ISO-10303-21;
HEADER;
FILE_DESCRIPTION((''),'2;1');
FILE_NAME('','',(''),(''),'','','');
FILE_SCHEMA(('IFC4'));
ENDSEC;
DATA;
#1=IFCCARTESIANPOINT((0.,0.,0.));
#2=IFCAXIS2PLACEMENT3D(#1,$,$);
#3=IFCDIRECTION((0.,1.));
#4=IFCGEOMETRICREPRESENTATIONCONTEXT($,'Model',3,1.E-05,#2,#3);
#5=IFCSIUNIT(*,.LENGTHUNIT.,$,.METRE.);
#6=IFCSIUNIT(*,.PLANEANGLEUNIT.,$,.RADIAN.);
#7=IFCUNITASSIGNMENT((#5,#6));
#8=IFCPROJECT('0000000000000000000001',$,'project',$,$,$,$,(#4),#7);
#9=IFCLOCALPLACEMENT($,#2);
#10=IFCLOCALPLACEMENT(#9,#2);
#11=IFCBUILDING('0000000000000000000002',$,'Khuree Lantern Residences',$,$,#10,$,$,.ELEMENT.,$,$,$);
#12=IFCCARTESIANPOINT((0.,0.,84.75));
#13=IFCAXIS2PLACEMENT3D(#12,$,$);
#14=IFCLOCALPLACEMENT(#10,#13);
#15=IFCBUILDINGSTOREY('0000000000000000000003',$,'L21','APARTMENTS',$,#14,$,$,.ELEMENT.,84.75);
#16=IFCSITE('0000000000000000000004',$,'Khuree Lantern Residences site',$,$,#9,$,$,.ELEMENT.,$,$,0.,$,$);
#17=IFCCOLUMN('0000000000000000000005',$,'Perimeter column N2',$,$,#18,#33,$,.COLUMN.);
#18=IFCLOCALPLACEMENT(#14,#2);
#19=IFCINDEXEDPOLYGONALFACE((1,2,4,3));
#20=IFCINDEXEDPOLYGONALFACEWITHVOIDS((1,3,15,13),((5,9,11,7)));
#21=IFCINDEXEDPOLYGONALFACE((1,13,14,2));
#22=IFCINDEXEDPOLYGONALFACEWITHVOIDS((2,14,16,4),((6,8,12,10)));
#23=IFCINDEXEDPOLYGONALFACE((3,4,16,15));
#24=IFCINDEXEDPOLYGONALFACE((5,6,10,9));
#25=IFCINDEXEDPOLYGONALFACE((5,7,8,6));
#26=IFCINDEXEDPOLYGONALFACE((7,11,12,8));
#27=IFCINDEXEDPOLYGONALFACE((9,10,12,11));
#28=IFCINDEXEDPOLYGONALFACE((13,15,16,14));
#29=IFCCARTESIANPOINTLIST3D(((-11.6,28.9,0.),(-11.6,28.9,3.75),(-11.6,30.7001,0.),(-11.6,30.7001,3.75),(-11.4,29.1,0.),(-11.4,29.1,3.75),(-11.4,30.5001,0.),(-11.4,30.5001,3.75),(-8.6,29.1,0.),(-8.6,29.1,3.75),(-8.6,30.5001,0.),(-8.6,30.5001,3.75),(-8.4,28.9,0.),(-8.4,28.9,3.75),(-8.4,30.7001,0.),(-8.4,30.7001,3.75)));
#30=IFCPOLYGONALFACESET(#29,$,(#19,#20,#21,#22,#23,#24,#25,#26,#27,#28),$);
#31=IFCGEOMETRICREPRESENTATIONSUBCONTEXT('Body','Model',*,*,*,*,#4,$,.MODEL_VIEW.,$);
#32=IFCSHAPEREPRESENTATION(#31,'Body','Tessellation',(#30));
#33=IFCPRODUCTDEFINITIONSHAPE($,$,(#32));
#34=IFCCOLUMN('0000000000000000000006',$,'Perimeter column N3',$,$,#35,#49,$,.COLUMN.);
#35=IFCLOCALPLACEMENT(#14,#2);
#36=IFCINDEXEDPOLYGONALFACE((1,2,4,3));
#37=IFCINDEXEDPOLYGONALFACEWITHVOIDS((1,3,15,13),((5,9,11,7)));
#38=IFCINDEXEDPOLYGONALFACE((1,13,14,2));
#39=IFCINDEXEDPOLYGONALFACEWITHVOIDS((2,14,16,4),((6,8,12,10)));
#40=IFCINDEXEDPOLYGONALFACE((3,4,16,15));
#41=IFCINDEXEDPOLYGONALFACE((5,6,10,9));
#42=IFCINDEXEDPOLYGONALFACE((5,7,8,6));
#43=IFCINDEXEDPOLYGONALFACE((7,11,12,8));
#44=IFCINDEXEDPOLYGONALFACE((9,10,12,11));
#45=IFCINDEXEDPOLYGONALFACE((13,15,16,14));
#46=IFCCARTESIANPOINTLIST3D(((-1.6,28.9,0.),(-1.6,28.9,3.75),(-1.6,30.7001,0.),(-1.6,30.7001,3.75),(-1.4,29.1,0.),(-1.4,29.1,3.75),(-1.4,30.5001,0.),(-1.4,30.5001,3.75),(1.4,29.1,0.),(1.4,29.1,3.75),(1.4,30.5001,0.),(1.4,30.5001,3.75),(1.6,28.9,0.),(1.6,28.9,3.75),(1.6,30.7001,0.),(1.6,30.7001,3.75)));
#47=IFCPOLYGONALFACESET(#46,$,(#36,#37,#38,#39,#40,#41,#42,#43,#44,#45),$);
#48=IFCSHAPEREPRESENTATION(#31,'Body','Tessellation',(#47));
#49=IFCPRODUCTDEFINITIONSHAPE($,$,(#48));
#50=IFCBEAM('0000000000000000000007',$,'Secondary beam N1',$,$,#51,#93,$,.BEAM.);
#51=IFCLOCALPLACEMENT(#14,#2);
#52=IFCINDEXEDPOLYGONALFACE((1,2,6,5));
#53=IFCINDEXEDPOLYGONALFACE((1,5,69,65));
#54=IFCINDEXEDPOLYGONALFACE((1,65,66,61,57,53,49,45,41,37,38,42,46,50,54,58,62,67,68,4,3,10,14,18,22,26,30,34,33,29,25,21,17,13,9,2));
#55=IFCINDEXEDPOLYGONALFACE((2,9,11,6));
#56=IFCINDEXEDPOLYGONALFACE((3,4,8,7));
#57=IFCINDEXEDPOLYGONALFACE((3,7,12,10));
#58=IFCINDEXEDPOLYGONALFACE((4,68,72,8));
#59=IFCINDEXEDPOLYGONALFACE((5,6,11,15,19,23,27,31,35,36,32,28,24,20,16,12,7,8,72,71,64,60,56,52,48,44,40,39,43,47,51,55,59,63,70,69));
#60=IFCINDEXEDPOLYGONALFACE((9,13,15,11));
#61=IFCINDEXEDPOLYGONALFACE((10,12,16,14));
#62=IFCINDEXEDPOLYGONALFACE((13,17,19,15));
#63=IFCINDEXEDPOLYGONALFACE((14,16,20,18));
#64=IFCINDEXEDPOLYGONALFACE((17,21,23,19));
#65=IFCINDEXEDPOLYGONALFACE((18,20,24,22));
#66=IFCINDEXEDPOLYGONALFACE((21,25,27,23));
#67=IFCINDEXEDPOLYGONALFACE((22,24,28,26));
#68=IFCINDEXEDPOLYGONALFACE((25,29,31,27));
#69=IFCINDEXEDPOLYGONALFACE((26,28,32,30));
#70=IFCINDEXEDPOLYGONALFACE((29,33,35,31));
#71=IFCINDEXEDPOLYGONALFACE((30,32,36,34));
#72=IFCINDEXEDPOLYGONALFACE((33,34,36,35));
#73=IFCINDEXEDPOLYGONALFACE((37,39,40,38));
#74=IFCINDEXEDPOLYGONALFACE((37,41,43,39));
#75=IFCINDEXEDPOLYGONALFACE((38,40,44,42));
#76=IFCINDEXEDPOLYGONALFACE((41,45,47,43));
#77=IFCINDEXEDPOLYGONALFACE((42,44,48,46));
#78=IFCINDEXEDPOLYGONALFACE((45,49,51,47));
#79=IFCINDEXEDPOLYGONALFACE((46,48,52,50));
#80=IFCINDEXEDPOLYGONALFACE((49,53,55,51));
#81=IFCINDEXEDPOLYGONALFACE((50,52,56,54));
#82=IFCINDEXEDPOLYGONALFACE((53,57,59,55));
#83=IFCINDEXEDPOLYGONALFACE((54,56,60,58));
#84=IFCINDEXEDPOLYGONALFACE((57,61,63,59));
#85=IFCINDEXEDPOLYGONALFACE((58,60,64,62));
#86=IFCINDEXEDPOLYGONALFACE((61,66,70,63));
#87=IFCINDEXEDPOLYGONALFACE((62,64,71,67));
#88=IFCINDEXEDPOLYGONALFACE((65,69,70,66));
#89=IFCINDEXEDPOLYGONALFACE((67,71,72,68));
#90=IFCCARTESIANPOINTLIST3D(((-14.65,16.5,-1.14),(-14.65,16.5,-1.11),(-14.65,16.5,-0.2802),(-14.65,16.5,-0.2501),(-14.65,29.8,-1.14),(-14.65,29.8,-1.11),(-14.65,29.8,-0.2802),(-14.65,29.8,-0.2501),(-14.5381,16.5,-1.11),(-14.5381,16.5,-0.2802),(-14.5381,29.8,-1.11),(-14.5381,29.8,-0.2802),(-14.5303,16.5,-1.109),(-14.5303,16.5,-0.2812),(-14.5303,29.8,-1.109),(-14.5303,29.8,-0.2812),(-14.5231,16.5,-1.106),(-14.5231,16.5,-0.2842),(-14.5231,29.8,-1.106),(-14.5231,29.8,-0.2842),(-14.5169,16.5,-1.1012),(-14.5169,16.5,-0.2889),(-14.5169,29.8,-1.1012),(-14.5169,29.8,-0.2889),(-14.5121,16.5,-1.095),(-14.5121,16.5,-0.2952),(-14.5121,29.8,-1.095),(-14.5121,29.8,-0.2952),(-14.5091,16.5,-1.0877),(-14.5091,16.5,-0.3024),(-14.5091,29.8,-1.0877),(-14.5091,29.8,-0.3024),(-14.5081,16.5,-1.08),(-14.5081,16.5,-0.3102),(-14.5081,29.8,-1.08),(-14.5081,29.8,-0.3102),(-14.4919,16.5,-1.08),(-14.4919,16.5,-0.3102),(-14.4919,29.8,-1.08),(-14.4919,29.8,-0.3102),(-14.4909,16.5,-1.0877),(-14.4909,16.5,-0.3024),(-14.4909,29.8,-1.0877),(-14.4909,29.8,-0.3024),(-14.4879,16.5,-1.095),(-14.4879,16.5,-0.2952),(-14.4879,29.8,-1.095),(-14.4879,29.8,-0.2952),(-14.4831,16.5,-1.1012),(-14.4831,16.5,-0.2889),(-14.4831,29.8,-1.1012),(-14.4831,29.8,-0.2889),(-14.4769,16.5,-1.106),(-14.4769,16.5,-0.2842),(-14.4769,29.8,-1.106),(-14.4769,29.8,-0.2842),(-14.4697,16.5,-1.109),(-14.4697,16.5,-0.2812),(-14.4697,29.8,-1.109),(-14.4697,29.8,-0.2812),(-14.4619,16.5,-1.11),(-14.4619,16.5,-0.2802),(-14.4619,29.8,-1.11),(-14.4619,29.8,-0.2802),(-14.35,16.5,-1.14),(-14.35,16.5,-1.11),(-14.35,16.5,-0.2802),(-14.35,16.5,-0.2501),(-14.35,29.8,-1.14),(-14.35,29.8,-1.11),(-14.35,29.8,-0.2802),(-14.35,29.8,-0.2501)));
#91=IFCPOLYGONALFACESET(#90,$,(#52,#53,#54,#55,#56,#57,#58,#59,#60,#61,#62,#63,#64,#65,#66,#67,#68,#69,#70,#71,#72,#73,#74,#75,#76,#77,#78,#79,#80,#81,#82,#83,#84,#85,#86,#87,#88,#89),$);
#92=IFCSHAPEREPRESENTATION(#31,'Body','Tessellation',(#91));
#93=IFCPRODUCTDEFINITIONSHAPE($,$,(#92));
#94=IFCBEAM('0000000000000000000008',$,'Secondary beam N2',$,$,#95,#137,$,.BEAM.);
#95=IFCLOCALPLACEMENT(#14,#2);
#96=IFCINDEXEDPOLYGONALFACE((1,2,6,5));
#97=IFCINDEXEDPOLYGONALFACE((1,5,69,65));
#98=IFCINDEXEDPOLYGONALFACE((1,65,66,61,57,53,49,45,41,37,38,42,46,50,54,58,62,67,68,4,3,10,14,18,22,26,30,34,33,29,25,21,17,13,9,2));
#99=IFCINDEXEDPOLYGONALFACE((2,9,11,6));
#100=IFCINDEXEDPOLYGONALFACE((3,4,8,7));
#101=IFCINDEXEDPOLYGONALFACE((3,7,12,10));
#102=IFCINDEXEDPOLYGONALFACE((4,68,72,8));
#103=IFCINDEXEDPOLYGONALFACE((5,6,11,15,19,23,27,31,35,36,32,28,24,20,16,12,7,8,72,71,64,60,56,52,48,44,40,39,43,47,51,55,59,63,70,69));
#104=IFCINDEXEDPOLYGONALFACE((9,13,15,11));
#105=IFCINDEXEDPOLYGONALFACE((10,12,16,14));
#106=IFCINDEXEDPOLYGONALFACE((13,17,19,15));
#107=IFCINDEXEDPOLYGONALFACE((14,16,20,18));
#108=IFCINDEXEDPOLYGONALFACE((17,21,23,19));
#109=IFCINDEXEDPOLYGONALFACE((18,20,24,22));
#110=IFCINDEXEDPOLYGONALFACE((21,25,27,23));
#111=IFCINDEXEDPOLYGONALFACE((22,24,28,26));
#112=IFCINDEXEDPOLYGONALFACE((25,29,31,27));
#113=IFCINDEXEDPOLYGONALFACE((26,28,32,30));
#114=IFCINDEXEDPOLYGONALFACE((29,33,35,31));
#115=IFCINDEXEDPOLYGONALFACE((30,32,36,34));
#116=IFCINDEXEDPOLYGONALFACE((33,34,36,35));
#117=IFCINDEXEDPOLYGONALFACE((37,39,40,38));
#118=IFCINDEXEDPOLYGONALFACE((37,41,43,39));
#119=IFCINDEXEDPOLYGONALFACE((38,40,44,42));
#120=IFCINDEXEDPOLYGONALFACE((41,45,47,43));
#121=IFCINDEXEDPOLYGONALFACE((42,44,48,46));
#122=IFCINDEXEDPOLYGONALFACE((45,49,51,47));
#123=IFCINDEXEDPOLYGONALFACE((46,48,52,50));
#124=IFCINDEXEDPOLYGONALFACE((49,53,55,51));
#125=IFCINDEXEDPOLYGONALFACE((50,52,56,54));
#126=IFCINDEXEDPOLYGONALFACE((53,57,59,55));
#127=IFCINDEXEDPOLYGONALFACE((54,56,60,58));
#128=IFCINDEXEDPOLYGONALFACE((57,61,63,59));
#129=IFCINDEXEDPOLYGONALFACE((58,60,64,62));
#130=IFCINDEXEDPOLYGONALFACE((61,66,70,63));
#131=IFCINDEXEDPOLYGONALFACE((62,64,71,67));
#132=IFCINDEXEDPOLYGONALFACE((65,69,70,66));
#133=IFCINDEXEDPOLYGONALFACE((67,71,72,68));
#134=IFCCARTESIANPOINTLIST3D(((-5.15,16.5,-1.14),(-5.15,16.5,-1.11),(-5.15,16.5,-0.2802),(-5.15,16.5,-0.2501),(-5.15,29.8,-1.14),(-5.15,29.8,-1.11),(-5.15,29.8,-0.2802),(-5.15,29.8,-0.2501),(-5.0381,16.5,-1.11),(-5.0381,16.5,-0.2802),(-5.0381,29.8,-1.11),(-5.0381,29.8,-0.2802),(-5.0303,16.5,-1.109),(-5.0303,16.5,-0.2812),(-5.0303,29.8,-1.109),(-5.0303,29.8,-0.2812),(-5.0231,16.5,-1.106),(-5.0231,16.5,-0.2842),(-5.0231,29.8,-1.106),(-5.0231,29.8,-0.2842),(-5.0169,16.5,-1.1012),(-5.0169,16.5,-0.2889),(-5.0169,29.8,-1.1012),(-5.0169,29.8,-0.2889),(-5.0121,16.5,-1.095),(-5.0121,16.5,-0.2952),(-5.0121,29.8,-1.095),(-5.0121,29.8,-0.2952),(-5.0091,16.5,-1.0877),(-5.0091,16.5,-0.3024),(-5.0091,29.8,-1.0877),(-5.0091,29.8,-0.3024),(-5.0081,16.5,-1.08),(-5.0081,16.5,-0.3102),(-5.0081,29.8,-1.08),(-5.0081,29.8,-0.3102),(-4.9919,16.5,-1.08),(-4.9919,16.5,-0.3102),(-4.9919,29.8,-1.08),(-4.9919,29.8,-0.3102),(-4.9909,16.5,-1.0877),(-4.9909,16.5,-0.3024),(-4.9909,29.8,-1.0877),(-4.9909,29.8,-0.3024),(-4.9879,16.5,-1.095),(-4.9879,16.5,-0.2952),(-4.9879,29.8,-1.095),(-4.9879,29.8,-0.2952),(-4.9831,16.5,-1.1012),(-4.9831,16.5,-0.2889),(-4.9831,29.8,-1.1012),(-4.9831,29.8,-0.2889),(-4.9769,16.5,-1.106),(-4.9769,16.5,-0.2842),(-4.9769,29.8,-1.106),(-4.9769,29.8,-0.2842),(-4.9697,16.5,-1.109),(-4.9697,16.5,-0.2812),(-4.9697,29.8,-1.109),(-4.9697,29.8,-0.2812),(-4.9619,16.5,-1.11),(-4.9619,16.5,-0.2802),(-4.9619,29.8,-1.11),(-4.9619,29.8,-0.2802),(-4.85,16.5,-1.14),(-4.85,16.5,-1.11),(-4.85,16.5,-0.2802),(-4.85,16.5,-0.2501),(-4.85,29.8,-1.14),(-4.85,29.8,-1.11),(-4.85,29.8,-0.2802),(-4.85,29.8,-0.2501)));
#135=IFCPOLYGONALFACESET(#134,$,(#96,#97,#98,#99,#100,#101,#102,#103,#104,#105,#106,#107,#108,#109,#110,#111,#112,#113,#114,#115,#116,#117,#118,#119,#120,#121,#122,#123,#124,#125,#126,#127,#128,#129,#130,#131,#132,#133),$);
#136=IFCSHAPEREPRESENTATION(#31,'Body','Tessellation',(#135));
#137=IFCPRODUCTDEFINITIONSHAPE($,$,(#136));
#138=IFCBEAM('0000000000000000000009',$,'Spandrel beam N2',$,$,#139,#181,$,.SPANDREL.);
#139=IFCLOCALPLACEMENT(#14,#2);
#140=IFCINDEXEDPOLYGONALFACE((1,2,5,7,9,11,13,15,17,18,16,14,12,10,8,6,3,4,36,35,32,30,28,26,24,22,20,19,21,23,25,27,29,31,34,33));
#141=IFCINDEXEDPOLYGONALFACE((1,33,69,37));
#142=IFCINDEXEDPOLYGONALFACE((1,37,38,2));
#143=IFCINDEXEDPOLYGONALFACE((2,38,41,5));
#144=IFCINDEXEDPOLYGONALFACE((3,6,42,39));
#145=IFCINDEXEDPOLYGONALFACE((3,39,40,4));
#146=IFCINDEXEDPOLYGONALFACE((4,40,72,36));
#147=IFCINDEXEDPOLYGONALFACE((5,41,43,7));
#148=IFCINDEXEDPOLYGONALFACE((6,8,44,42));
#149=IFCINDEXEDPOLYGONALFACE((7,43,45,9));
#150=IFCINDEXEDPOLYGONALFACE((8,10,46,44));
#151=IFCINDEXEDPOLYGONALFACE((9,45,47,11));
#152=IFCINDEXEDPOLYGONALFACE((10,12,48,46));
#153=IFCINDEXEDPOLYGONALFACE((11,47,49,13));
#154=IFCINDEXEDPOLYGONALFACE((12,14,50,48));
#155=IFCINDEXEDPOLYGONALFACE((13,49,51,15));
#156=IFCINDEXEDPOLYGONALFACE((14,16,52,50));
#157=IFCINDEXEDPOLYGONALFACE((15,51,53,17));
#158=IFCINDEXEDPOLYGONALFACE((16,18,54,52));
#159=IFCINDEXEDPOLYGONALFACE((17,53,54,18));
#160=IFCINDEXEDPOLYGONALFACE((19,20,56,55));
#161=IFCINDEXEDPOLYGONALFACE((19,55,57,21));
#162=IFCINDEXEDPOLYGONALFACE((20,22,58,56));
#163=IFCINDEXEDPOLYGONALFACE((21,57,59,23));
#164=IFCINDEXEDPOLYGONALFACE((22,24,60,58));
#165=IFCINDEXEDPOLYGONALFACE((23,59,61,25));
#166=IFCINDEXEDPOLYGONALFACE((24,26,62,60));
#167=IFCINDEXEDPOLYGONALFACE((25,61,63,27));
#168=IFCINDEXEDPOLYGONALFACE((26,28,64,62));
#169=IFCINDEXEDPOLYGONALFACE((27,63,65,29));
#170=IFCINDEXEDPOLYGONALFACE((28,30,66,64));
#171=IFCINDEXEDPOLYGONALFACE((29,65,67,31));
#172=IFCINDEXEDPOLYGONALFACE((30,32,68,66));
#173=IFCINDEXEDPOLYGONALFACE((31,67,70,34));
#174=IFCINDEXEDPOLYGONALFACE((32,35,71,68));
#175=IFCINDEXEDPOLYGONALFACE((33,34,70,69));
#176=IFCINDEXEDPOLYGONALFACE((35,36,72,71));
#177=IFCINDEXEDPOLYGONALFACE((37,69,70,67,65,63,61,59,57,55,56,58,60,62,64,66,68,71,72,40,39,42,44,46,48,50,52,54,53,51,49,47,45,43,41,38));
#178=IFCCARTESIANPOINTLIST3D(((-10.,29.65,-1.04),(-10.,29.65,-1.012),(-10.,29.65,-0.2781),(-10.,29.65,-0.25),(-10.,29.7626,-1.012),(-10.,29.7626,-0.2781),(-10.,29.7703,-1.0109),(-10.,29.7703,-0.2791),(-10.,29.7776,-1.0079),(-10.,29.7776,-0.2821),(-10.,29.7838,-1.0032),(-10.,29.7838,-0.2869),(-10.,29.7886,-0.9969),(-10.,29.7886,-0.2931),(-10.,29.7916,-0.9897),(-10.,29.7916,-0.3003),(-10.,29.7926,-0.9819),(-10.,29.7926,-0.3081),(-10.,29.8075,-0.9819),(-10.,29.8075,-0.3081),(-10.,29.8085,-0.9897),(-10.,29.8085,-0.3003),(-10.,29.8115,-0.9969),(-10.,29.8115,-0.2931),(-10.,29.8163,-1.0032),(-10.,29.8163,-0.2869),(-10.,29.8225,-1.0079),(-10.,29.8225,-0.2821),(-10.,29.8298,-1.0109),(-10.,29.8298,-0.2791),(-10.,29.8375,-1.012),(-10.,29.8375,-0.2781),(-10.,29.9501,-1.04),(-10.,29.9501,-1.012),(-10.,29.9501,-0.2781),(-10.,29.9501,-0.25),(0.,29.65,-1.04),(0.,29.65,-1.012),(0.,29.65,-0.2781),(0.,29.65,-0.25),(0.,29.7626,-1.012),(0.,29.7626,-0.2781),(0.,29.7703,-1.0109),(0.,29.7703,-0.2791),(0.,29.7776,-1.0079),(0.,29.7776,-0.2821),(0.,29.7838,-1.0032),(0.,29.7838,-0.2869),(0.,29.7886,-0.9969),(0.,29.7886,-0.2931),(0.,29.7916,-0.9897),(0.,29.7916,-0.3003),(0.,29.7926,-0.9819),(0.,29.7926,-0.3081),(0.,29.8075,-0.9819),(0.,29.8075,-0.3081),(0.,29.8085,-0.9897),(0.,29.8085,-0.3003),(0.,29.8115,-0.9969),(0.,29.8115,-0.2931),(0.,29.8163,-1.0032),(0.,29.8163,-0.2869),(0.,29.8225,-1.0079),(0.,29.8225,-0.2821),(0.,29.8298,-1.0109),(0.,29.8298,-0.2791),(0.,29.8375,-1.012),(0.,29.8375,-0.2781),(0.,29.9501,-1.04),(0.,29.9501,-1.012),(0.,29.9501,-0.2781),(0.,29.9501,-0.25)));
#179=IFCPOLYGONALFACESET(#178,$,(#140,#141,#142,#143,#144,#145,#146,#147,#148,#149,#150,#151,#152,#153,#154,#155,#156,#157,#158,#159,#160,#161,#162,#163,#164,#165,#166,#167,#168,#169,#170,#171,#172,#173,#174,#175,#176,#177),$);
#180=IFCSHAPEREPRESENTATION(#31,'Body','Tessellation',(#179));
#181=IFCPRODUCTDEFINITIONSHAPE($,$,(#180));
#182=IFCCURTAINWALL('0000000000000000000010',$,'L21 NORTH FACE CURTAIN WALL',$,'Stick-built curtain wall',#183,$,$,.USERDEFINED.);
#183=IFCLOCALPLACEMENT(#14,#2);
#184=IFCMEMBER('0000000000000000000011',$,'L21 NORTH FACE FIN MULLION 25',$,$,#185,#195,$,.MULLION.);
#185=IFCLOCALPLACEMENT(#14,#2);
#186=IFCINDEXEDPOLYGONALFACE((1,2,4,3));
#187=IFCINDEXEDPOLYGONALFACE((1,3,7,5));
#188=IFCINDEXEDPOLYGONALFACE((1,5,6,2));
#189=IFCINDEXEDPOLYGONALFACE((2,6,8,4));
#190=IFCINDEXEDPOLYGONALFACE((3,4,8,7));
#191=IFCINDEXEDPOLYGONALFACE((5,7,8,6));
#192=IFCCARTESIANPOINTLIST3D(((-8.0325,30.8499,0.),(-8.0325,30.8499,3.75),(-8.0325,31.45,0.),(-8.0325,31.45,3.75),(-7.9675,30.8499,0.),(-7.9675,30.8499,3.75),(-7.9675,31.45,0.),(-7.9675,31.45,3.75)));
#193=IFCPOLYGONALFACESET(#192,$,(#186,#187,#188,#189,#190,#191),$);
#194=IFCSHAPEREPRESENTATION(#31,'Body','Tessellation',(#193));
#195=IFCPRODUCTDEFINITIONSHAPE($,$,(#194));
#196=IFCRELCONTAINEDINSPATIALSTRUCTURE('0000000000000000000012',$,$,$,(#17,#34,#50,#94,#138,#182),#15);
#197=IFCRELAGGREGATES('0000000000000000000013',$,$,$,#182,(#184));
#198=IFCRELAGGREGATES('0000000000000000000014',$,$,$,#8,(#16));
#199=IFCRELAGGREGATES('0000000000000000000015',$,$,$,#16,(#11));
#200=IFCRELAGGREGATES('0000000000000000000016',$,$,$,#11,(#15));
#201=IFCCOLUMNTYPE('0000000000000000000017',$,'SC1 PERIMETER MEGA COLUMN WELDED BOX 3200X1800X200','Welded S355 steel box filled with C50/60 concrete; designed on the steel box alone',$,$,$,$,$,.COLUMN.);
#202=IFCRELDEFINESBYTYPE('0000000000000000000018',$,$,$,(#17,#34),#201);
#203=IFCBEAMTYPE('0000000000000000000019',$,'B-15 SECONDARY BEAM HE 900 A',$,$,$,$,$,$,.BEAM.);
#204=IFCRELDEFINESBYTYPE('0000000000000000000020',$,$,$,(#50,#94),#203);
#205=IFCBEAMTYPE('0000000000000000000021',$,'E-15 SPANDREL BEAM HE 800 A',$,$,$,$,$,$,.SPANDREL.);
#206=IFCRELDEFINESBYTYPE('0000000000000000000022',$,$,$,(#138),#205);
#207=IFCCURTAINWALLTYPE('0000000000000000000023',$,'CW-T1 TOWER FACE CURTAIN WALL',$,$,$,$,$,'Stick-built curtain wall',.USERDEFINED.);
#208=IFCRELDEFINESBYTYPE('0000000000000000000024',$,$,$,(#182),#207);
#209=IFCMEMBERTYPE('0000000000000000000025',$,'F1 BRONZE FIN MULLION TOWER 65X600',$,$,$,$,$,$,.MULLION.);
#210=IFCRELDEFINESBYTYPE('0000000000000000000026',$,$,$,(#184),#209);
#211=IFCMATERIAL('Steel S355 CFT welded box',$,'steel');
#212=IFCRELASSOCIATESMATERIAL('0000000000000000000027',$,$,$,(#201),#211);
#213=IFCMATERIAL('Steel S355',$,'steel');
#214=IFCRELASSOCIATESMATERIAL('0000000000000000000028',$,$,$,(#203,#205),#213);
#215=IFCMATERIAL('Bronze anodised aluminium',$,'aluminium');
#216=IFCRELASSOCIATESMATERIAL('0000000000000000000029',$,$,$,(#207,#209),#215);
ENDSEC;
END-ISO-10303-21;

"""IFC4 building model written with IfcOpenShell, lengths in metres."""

from ifc_helpers import new_model, si_unit, direction, frame, origin, origin_2d, place, context, subcontext, project, spatial, rectangle, hollow_rectangle, i_section, extrude, material, material_profile, profile_set, type_object, element, aggregate, save


model = new_model("IFC4")

# Units and contexts
model_context = context("Model", 3, precision=1e-05, world=origin(), true_north=direction((0.0, 1.0)))
body_context = subcontext(model_context, "Body", "Model", "MODEL_VIEW")
ifc_project = project(units=[si_unit("LENGTHUNIT", "METRE"), si_unit("PLANEANGLEUNIT", "RADIAN")], contexts=[model_context])

# Site, building, storey
site_placement = place(None, origin())
site = spatial("IfcSite", under=ifc_project, at=site_placement, Name="Khuree Lantern Residences site", CompositionType="ELEMENT", RefElevation=0.0)
building_placement = place(site_placement, origin())
building = spatial("IfcBuilding", under=site, at=building_placement, Name="Khuree Lantern Residences", CompositionType="ELEMENT")
storey_placement = place(building_placement, frame((0.0, 0.0, 84.75)))
storey = spatial("IfcBuildingStorey", under=building, at=storey_placement, Name="L21", Description="APARTMENTS", CompositionType="ELEMENT", Elevation=84.75)

# Columns
ifc_material_1 = material(Name="Steel S355 CFT welded box", Category="steel")
ifc_material_profile_1 = material_profile(ifc_material_1, hollow_rectangle(XDim=3.2, YDim=1.8, WallThickness=0.2, at=origin_2d()), Name="WELDED BOX 3200X1800X200")
ifc_profile_set_1 = profile_set([ifc_material_profile_1], Name="Steel S355 CFT welded box")
column_type = type_object("IfcColumnType", Name="SC1 PERIMETER MEGA COLUMN WELDED BOX 3200X1800X200", Description="Welded S355 steel box filled with C50/60 concrete; designed on the steel box alone", PredefinedType="COLUMN", material=ifc_profile_set_1)
for number, where, z_axis, x_axis, name in (
    (1, (-10.0, 29.8, 0.0), (0.0, 0.0, 1.0), (1.0, 0.0, 0.0), "Perimeter column N2"),
    (2, (0.0, 29.8, 0.0), (0.0, 0.0, 1.0), (1.0, 0.0, 0.0), "Perimeter column N3"),
):
    element("IfcColumn", number, at=place(storey_placement, frame(where, z_axis=z_axis, x_axis=x_axis)), inside=storey, type_object=column_type, Name=name, PredefinedType="COLUMN", context=body_context, shape_type="SweptSolid", body=[
        extrude(hollow_rectangle(XDim=3.2, YDim=1.8, WallThickness=0.2, at=origin_2d()), origin(), (0.0, 0.0, 1.0), 3.75),
    ])

# Beams
ifc_material_2 = material(Name="Steel S355", Category="steel")
ifc_material_profile_2 = material_profile(ifc_material_2, i_section(OverallWidth=0.3, OverallDepth=0.8899, WebThickness=0.0161, FlangeThickness=0.03, FilletRadius=0.03, at=origin_2d()), Name="HE 900 A")
ifc_profile_set_2 = profile_set([ifc_material_profile_2], Name="Steel S355")
beam_type_1 = type_object("IfcBeamType", Name="B-15 SECONDARY BEAM HE 900 A", PredefinedType="BEAM", material=ifc_profile_set_2)
for number, where, z_axis, x_axis, name in (
    (3, (-14.5, 29.8, -0.6951), (0.0, -1.0, 0.0), (1.0, 0.0, 0.0), "Secondary beam N1"),
    (4, (-5.0, 29.8, -0.6951), (0.0, -1.0, 0.0), (1.0, 0.0, 0.0), "Secondary beam N2"),
):
    element("IfcBeam", number, at=place(storey_placement, frame(where, z_axis=z_axis, x_axis=x_axis)), inside=storey, type_object=beam_type_1, Name=name, PredefinedType="BEAM", context=body_context, shape_type="SweptSolid", body=[
        extrude(i_section(OverallWidth=0.3, OverallDepth=0.8899, WebThickness=0.0161, FlangeThickness=0.03, FilletRadius=0.03, at=origin_2d()), origin(), (0.0, 0.0, 1.0), 13.3),
    ])
ifc_material_profile_3 = material_profile(ifc_material_2, i_section(OverallWidth=0.3, OverallDepth=0.79, WebThickness=0.0149, FlangeThickness=0.0281, FilletRadius=0.03, at=origin_2d()), Name="HE 800 A")
ifc_profile_set_3 = profile_set([ifc_material_profile_3], Name="Steel S355")
beam_type_2 = type_object("IfcBeamType", Name="E-15 SPANDREL BEAM HE 800 A", PredefinedType="SPANDREL", material=ifc_profile_set_3)
beam_1_placement = place(storey_placement, frame((-10.0, 29.8, -0.645), z_axis=(1.0, 0.0, 0.0), x_axis=(0.0, 1.0, 0.0)))
element("IfcBeam", 5, at=beam_1_placement, inside=storey, type_object=beam_type_2, Name="Spandrel beam N2", PredefinedType="SPANDREL", context=body_context, shape_type="SweptSolid", body=[
    extrude(i_section(OverallWidth=0.3, OverallDepth=0.79, WebThickness=0.0149, FlangeThickness=0.0281, FilletRadius=0.03, at=origin_2d()), origin(), (0.0, 0.0, 1.0), 10.0),
])

# Curtain wall, member
ifc_material_3 = material(Name="Bronze anodised aluminium", Category="aluminium")
curtain_wall_type = type_object("IfcCurtainWallType", Name="CW-T1 TOWER FACE CURTAIN WALL", ElementType="Stick-built curtain wall", PredefinedType="USERDEFINED", material=ifc_material_3)
curtain_wall_placement = place(storey_placement, origin())
curtain_wall = element("IfcCurtainWall", 6, at=curtain_wall_placement, inside=storey, type_object=curtain_wall_type, Name="L21 NORTH FACE CURTAIN WALL", ObjectType="Stick-built curtain wall", PredefinedType="USERDEFINED")
ifc_material_profile_4 = material_profile(ifc_material_3, rectangle(XDim=0.0649, YDim=0.6001, at=origin_2d()), Name="F1 65X600")
ifc_profile_set_4 = profile_set([ifc_material_profile_4], Name="Bronze anodised aluminium")
member_type_1 = type_object("IfcMemberType", Name="F1 BRONZE FIN MULLION TOWER 65X600", PredefinedType="MULLION", material=ifc_profile_set_4)
member_1_placement = place(storey_placement, frame((-8.0, 31.1499, 0.0), z_axis=(0.0, 0.0, 1.0), x_axis=(-1.0, 0.0, 0.0)))
member_1 = element("IfcMember", 7, at=member_1_placement, type_object=member_type_1, Name="L21 NORTH FACE FIN MULLION 25", PredefinedType="MULLION", context=body_context, shape_type="SweptSolid", body=[
    extrude(rectangle(XDim=0.0649, YDim=0.6001, at=origin_2d()), origin(), (0.0, 0.0, 1.0), 3.75),
])

aggregate(curtain_wall, [member_1])

save(model, "model.ifc")
